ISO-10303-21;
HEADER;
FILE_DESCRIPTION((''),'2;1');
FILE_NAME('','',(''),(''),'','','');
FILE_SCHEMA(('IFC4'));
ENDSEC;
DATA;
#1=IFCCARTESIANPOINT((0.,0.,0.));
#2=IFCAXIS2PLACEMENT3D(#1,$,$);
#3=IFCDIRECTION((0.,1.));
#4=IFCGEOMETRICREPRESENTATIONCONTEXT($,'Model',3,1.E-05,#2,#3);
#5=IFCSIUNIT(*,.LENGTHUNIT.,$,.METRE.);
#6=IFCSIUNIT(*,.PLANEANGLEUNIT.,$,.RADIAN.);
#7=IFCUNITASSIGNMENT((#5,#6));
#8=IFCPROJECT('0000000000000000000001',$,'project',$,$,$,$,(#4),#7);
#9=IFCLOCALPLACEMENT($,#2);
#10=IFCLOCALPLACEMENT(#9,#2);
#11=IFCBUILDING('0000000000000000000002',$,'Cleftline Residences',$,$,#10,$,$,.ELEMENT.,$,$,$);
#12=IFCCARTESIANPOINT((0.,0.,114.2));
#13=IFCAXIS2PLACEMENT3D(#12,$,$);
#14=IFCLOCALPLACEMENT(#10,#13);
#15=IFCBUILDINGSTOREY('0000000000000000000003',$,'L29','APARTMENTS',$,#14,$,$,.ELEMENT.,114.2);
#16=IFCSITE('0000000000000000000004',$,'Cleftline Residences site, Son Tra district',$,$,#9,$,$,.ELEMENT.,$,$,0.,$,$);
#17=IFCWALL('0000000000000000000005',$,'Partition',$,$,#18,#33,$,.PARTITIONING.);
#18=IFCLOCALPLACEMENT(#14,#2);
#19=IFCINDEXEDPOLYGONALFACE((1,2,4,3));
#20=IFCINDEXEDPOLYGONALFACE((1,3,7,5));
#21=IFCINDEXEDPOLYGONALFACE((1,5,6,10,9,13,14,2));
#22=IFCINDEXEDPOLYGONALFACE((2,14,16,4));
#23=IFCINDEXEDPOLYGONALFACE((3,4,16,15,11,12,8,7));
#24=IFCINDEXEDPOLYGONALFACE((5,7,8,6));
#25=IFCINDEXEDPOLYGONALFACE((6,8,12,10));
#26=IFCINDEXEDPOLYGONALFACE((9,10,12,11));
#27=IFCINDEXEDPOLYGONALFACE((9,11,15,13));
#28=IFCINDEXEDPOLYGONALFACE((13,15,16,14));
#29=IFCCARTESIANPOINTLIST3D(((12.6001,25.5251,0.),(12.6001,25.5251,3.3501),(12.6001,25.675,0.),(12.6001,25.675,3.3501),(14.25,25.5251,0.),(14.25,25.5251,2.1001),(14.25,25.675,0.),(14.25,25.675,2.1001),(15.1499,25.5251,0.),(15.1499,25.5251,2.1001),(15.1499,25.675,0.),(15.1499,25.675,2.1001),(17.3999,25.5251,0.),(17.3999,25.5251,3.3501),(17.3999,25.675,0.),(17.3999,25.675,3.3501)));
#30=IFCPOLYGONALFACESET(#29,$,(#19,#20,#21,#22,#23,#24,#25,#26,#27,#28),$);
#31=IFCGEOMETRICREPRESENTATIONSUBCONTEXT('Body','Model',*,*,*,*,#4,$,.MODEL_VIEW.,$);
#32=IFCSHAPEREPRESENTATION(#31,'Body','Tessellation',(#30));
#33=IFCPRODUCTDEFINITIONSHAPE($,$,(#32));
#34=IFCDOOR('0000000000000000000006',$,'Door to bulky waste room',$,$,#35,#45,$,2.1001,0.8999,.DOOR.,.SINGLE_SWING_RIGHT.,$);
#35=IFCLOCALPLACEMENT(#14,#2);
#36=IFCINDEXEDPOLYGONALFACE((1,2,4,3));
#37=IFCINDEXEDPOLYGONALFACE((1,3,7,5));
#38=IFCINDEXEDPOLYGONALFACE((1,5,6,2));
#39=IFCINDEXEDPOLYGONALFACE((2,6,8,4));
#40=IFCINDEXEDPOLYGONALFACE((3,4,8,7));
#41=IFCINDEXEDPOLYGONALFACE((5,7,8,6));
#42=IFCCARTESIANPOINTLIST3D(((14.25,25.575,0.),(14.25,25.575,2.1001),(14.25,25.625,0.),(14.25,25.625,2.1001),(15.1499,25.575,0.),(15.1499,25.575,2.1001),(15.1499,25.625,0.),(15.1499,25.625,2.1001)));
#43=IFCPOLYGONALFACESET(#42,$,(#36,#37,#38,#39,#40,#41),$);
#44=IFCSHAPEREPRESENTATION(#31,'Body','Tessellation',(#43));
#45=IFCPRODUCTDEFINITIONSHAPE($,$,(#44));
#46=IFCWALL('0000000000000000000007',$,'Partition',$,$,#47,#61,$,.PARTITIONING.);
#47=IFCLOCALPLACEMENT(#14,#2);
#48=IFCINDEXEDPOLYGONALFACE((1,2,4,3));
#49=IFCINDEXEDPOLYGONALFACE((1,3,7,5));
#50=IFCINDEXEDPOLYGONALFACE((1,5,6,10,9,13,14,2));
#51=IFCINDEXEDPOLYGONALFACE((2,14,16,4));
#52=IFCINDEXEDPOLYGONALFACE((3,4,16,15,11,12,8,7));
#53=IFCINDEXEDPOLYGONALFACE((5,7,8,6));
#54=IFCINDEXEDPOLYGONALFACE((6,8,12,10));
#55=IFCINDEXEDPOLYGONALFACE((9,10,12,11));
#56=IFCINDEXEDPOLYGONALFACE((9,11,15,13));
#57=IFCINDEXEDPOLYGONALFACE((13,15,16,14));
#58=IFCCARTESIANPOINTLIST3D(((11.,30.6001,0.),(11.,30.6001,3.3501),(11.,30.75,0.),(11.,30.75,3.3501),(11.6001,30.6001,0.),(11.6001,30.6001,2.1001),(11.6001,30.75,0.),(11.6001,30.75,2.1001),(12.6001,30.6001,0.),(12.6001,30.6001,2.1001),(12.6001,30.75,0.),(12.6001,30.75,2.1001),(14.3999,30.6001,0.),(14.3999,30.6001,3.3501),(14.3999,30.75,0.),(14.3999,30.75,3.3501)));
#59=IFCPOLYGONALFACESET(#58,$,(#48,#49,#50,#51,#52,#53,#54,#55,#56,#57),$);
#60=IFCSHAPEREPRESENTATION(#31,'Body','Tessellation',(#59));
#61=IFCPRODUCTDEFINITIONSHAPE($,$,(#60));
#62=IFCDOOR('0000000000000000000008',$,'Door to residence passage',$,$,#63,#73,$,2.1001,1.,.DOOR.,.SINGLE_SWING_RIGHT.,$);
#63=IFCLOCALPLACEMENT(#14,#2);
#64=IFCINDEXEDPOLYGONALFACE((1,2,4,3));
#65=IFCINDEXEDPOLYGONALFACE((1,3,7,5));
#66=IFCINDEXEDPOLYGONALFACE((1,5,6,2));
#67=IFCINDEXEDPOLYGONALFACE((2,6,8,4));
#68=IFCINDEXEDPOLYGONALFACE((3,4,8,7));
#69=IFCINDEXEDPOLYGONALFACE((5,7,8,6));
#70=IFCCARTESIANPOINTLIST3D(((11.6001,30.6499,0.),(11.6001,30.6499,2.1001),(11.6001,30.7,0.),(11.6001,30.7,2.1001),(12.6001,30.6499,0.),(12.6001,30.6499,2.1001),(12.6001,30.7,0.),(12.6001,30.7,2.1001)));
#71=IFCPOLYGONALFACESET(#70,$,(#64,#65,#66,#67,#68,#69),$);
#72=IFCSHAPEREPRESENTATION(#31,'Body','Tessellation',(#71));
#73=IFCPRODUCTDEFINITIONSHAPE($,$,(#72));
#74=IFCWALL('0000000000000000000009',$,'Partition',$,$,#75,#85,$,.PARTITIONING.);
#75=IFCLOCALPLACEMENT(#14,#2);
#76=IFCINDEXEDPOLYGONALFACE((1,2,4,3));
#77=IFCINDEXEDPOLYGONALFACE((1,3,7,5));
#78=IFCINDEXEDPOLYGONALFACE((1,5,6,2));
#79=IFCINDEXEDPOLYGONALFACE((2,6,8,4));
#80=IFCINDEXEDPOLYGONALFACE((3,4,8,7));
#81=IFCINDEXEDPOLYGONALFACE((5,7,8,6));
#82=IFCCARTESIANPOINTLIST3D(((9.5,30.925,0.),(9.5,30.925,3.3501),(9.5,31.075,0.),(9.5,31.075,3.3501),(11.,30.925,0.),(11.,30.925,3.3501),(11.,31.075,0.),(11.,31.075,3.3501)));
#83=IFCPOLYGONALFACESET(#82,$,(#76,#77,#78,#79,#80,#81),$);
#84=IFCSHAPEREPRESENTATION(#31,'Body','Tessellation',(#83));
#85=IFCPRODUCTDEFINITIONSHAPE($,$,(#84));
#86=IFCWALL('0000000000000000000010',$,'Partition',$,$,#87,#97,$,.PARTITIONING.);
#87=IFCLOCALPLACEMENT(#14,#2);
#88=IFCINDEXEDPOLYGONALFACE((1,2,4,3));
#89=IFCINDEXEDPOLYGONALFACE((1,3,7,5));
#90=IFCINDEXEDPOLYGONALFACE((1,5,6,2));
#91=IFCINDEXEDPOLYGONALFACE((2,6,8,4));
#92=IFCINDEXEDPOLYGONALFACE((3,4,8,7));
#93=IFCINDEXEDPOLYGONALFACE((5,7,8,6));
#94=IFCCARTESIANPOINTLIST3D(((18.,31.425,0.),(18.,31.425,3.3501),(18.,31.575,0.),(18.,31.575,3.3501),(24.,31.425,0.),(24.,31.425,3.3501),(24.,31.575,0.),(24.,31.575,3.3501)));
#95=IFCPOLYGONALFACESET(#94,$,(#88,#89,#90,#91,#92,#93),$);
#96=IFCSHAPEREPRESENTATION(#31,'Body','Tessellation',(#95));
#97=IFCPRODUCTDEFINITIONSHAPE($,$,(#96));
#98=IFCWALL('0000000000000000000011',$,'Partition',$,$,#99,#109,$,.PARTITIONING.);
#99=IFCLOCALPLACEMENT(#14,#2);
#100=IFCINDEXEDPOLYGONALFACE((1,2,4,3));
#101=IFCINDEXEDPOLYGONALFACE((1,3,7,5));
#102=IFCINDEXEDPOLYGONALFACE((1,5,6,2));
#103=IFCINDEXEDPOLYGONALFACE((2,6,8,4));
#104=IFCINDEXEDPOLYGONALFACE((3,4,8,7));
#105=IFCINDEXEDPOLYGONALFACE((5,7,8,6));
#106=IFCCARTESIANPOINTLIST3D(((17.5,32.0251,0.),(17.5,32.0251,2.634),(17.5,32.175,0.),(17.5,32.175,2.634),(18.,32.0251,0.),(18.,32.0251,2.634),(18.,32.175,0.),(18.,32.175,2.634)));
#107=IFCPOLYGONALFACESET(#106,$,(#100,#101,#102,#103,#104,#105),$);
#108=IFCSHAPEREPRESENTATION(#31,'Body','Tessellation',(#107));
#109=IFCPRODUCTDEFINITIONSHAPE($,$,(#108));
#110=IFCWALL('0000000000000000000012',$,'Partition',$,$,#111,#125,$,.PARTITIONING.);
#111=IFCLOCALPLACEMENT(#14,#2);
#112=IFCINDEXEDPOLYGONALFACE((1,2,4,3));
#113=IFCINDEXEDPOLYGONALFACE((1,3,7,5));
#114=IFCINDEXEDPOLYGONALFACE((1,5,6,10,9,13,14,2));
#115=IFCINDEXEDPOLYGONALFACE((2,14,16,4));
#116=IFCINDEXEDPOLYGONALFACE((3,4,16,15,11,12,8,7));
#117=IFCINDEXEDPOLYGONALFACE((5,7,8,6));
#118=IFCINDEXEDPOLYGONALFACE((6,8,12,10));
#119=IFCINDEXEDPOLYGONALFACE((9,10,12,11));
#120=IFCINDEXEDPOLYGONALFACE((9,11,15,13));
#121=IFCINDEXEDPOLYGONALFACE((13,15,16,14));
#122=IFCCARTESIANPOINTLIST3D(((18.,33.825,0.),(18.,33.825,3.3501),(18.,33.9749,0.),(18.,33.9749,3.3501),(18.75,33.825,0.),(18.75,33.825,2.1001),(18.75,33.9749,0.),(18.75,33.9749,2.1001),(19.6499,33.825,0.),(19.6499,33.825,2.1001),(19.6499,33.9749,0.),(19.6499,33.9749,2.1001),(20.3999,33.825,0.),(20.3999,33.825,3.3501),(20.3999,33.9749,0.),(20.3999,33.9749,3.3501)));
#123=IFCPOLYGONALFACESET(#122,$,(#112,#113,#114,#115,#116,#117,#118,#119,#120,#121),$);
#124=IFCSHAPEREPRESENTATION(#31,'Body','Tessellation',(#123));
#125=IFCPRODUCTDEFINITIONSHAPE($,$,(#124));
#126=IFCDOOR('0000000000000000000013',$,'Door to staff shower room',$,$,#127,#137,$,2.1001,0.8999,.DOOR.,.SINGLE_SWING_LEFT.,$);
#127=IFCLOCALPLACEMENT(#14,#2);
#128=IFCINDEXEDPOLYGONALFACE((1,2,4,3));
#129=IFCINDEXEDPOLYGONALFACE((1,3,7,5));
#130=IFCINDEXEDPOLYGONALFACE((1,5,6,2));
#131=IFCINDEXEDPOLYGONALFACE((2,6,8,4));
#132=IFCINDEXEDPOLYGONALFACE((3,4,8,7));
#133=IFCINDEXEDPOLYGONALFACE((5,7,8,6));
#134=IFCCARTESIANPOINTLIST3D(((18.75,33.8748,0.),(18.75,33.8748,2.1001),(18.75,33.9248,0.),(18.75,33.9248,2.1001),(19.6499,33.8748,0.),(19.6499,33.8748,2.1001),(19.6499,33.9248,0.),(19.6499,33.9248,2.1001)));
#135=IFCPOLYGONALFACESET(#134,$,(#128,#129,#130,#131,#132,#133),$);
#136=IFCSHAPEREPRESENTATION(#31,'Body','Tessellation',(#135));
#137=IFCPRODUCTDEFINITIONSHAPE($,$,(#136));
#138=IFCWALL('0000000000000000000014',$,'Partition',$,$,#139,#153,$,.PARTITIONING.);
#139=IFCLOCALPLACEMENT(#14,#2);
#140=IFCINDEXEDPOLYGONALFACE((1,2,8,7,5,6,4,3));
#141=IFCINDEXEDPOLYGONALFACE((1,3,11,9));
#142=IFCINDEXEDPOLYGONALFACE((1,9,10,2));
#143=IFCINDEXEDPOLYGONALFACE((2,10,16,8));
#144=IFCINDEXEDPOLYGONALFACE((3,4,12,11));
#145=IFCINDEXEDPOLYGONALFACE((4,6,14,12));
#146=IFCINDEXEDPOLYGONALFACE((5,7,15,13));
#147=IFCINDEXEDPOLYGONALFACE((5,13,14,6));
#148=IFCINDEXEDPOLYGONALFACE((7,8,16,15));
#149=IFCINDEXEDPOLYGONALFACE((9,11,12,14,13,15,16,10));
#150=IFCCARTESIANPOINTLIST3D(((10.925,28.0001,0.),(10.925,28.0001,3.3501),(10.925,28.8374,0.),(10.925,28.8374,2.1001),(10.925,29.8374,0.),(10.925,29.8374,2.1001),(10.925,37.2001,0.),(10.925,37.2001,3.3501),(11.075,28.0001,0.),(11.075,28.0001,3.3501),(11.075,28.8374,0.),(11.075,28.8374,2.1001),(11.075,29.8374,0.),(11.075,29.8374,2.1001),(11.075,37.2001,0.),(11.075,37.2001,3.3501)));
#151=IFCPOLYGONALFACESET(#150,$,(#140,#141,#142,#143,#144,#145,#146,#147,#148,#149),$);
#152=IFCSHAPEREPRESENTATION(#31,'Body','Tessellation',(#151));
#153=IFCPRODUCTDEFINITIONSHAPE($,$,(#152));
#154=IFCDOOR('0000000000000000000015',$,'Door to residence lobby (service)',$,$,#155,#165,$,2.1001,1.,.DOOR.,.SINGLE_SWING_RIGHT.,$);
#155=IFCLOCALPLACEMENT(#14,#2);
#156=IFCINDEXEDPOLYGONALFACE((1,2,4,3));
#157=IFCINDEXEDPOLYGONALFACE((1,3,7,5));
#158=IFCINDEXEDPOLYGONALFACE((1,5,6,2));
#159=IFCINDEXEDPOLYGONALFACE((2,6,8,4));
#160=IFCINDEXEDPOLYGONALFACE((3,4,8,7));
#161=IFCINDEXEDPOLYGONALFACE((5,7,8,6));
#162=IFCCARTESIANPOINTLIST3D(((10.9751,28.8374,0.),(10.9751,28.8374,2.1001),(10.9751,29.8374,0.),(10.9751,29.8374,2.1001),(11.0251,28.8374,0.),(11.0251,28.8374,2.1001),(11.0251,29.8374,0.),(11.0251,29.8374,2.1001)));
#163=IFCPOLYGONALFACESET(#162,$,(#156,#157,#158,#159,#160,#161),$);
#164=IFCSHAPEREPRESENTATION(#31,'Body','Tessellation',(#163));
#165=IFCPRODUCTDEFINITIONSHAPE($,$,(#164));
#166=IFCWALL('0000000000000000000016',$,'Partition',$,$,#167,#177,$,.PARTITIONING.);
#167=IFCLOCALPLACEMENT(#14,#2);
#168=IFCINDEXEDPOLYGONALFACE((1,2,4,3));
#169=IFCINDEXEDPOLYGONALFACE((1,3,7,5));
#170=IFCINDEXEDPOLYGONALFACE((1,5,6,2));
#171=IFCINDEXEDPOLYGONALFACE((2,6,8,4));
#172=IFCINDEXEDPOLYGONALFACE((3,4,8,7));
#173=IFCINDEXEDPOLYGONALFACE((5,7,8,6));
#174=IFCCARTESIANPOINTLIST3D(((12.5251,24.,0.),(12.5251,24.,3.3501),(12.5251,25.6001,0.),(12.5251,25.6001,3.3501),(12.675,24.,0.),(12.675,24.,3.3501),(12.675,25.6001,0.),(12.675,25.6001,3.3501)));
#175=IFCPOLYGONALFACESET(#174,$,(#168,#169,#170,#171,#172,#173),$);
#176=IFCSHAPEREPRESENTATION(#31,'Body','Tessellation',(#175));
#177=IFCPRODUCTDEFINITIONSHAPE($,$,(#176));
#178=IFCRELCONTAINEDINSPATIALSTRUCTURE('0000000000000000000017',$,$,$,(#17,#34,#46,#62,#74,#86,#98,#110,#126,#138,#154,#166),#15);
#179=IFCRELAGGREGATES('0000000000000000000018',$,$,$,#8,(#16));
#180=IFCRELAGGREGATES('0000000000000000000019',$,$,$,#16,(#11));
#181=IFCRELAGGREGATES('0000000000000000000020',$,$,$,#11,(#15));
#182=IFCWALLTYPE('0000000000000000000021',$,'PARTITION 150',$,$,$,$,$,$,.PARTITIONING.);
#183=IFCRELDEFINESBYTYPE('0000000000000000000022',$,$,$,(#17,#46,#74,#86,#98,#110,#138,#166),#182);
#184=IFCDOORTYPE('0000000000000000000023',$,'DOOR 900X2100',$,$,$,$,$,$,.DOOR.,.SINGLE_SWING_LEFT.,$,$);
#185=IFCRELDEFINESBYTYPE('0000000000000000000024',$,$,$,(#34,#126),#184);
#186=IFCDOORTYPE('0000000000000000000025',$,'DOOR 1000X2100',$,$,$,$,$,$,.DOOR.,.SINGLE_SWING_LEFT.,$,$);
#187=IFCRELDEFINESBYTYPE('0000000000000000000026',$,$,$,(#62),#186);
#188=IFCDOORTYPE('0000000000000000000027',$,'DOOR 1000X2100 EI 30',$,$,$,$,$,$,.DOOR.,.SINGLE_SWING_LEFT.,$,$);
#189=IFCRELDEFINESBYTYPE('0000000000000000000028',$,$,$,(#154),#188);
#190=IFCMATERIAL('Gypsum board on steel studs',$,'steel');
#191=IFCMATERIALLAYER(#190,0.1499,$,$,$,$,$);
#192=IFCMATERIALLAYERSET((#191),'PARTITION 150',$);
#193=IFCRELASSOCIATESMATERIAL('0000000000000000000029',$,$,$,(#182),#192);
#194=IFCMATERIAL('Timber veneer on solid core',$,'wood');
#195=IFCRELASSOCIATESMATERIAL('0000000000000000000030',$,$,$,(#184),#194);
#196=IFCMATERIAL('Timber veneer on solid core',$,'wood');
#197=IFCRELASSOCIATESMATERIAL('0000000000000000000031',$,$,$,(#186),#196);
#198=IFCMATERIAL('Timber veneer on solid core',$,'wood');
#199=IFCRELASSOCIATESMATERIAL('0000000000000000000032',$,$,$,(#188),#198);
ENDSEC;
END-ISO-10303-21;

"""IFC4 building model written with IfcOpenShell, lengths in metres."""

from ifc_helpers import new_model, si_unit, direction, frame, frame_2d, origin, place, context, subcontext, project, spatial, rectangle, extrude, material, layer, layer_set, type_object, element, fill, save


model = new_model("IFC4")

# Units and contexts
model_context = context("Model", 3, precision=1e-05, world=origin(), true_north=direction((0.0, 1.0)))
body_context = subcontext(model_context, "Body", "Model", "MODEL_VIEW")
ifc_project = project(units=[si_unit("LENGTHUNIT", "METRE"), si_unit("PLANEANGLEUNIT", "RADIAN")], contexts=[model_context])

# Site, building, storey
site_placement = place(None, origin())
site = spatial("IfcSite", under=ifc_project, at=site_placement, Name="Cleftline Residences site, Son Tra district", CompositionType="ELEMENT", RefElevation=0.0)
building_placement = place(site_placement, origin())
building = spatial("IfcBuilding", under=site, at=building_placement, Name="Cleftline Residences", CompositionType="ELEMENT")
storey_placement = place(building_placement, frame((0.0, 0.0, 114.2)))
storey = spatial("IfcBuildingStorey", under=building, at=storey_placement, Name="L29", Description="APARTMENTS", CompositionType="ELEMENT", Elevation=114.2)

# Walls, openings, doors
ifc_material_1 = material(Name="Gypsum board on steel studs", Category="steel")
ifc_layer_1 = layer(ifc_material_1, 0.1499)
ifc_layer_set_1 = layer_set([ifc_layer_1], Name="PARTITION 150")
wall_type_1 = type_object("IfcWallType", Name="PARTITION 150", PredefinedType="PARTITIONING", material=ifc_layer_set_1)
wall_1_placement = place(storey_placement, frame((12.6001, 25.6001, 0.0), z_axis=(0.0, 0.0, 1.0), x_axis=(1.0, 0.0, 0.0)))
wall_1 = element("IfcWall", 1, at=wall_1_placement, inside=storey, type_object=wall_type_1, Name="Partition", PredefinedType="PARTITIONING", context=body_context, shape_type="SweptSolid", body=[
    extrude(rectangle(XDim=4.7998, YDim=0.1499, at=frame_2d((2.3999, 0.0))), origin(), (0.0, 0.0, 1.0), 3.3501),
])
opening_1_placement = place(wall_1_placement, frame((1.6499, 0.0, 0.0)))
opening_1 = element("IfcOpeningElement", 2, at=opening_1_placement, cuts=wall_1, PredefinedType="OPENING", context=body_context, shape_type="SweptSolid", body=[
    extrude(rectangle(XDim=0.8999, YDim=2.1001, at=frame_2d((0.45, 1.05))), frame((0.0, 0.085, 0.0), z_axis=(0.0, -1.0, 0.0), x_axis=(1.0, 0.0, 0.0)), (0.0, 0.0, 1.0), 0.1699),
])
ifc_material_2 = material(Name="Timber veneer on solid core", Category="wood")
door_type_1 = type_object("IfcDoorType", Name="DOOR 900X2100", OperationType="SINGLE_SWING_LEFT", PredefinedType="DOOR", material=ifc_material_2)
door_1_placement = place(opening_1_placement, origin())
door_1 = element("IfcDoor", 3, at=door_1_placement, inside=storey, type_object=door_type_1, Name="Door to bulky waste room", OperationType="SINGLE_SWING_RIGHT", OverallHeight=2.1001, OverallWidth=0.8999, PredefinedType="DOOR", context=body_context, shape_type="SweptSolid", body=[
    extrude(rectangle(XDim=0.8999, YDim=2.1001, at=frame_2d((0.45, 1.05))), frame((0.0, 0.0249, 0.0), z_axis=(0.0, -1.0, 0.0), x_axis=(1.0, 0.0, 0.0)), (0.0, 0.0, 1.0), 0.05),
])
fill(opening_1, door_1)
wall_2_placement = place(storey_placement, frame((11.0, 30.675, 0.0), z_axis=(0.0, 0.0, 1.0), x_axis=(1.0, 0.0, 0.0)))
wall_2 = element("IfcWall", 4, at=wall_2_placement, inside=storey, type_object=wall_type_1, Name="Partition", PredefinedType="PARTITIONING", context=body_context, shape_type="SweptSolid", body=[
    extrude(rectangle(XDim=3.3999, YDim=0.1499, at=frame_2d((1.7, 0.0))), origin(), (0.0, 0.0, 1.0), 3.3501),
])
opening_2_placement = place(wall_2_placement, frame((0.6001, 0.0, 0.0)))
opening_2 = element("IfcOpeningElement", 5, at=opening_2_placement, cuts=wall_2, PredefinedType="OPENING", context=body_context, shape_type="SweptSolid", body=[
    extrude(rectangle(XDim=1.0, YDim=2.1001, at=frame_2d((0.5, 1.05))), frame((0.0, 0.085, 0.0), z_axis=(0.0, -1.0, 0.0), x_axis=(1.0, 0.0, 0.0)), (0.0, 0.0, 1.0), 0.1699),
])
ifc_material_3 = material(Name="Timber veneer on solid core", Category="wood")
door_type_2 = type_object("IfcDoorType", Name="DOOR 1000X2100", OperationType="SINGLE_SWING_LEFT", PredefinedType="DOOR", material=ifc_material_3)
door_2_placement = place(opening_2_placement, origin())
door_2 = element("IfcDoor", 6, at=door_2_placement, inside=storey, type_object=door_type_2, Name="Door to residence passage", OperationType="SINGLE_SWING_RIGHT", OverallHeight=2.1001, OverallWidth=1.0, PredefinedType="DOOR", context=body_context, shape_type="SweptSolid", body=[
    extrude(rectangle(XDim=1.0, YDim=2.1001, at=frame_2d((0.5, 1.05))), frame((0.0, 0.0249, 0.0), z_axis=(0.0, -1.0, 0.0), x_axis=(1.0, 0.0, 0.0)), (0.0, 0.0, 1.0), 0.05),
])
fill(opening_2, door_2)

# Walls
wall_3_placement = place(storey_placement, frame((9.5, 31.0, 0.0), z_axis=(0.0, 0.0, 1.0), x_axis=(1.0, 0.0, 0.0)))
element("IfcWall", 7, at=wall_3_placement, inside=storey, type_object=wall_type_1, Name="Partition", PredefinedType="PARTITIONING", context=body_context, shape_type="SweptSolid", body=[
    extrude(rectangle(XDim=1.5, YDim=0.1499, at=frame_2d((0.75, 0.0))), origin(), (0.0, 0.0, 1.0), 3.3501),
])
wall_4_placement = place(storey_placement, frame((18.0, 31.5, 0.0), z_axis=(0.0, 0.0, 1.0), x_axis=(1.0, 0.0, 0.0)))
element("IfcWall", 8, at=wall_4_placement, inside=storey, type_object=wall_type_1, Name="Partition", PredefinedType="PARTITIONING", context=body_context, shape_type="SweptSolid", body=[
    extrude(rectangle(XDim=6.0, YDim=0.1499, at=frame_2d((3.0, 0.0))), origin(), (0.0, 0.0, 1.0), 3.3501),
])
wall_5_placement = place(storey_placement, frame((17.5, 32.1001, 0.0), z_axis=(0.0, 0.0, 1.0), x_axis=(1.0, 0.0, 0.0)))
element("IfcWall", 9, at=wall_5_placement, inside=storey, type_object=wall_type_1, Name="Partition", PredefinedType="PARTITIONING", context=body_context, shape_type="SweptSolid", body=[
    extrude(rectangle(XDim=0.5, YDim=0.1499, at=frame_2d((0.25, 0.0))), origin(), (0.0, 0.0, 1.0), 2.634),
])

# Walls, openings, doors
wall_6_placement = place(storey_placement, frame((18.0, 33.8999, 0.0), z_axis=(0.0, 0.0, 1.0), x_axis=(1.0, 0.0, 0.0)))
wall_6 = element("IfcWall", 10, at=wall_6_placement, inside=storey, type_object=wall_type_1, Name="Partition", PredefinedType="PARTITIONING", context=body_context, shape_type="SweptSolid", body=[
    extrude(rectangle(XDim=2.3999, YDim=0.1499, at=frame_2d((1.2, 0.0))), origin(), (0.0, 0.0, 1.0), 3.3501),
])
opening_3_placement = place(wall_6_placement, frame((0.75, 0.0, 0.0)))
opening_3 = element("IfcOpeningElement", 11, at=opening_3_placement, cuts=wall_6, PredefinedType="OPENING", context=body_context, shape_type="SweptSolid", body=[
    extrude(rectangle(XDim=0.8999, YDim=2.1001, at=frame_2d((0.45, 1.05))), frame((0.0, 0.085, 0.0), z_axis=(0.0, -1.0, 0.0), x_axis=(1.0, 0.0, 0.0)), (0.0, 0.0, 1.0), 0.1699),
])
door_3_placement = place(opening_3_placement, origin())
door_3 = element("IfcDoor", 12, at=door_3_placement, inside=storey, type_object=door_type_1, Name="Door to staff shower room", OperationType="SINGLE_SWING_LEFT", OverallHeight=2.1001, OverallWidth=0.8999, PredefinedType="DOOR", context=body_context, shape_type="SweptSolid", body=[
    extrude(rectangle(XDim=0.8999, YDim=2.1001, at=frame_2d((0.45, 1.05))), frame((0.0, 0.0249, 0.0), z_axis=(0.0, -1.0, 0.0), x_axis=(1.0, 0.0, 0.0)), (0.0, 0.0, 1.0), 0.05),
])
fill(opening_3, door_3)
wall_7_placement = place(storey_placement, frame((11.0, 28.0, 0.0), z_axis=(0.0, 0.0, 1.0), x_axis=(0.0, 1.0, 0.0)))
wall_7 = element("IfcWall", 13, at=wall_7_placement, inside=storey, type_object=wall_type_1, Name="Partition", PredefinedType="PARTITIONING", context=body_context, shape_type="SweptSolid", body=[
    extrude(rectangle(XDim=9.2, YDim=0.1499, at=frame_2d((4.6001, 0.0))), origin(), (0.0, 0.0, 1.0), 3.3501),
])
opening_4_placement = place(wall_7_placement, frame((0.8374, 0.0, 0.0)))
opening_4 = element("IfcOpeningElement", 14, at=opening_4_placement, cuts=wall_7, PredefinedType="OPENING", context=body_context, shape_type="SweptSolid", body=[
    extrude(rectangle(XDim=1.0, YDim=2.1001, at=frame_2d((0.5, 1.05))), frame((0.0, 0.085, 0.0), z_axis=(0.0, -1.0, 0.0), x_axis=(1.0, 0.0, 0.0)), (0.0, 0.0, 1.0), 0.1699),
])
ifc_material_4 = material(Name="Timber veneer on solid core", Category="wood")
door_type_3 = type_object("IfcDoorType", Name="DOOR 1000X2100 EI 30", OperationType="SINGLE_SWING_LEFT", PredefinedType="DOOR", material=ifc_material_4)
door_4_placement = place(opening_4_placement, origin())
door_4 = element("IfcDoor", 15, at=door_4_placement, inside=storey, type_object=door_type_3, Name="Door to residence lobby (service)", OperationType="SINGLE_SWING_RIGHT", OverallHeight=2.1001, OverallWidth=1.0, PredefinedType="DOOR", context=body_context, shape_type="SweptSolid", body=[
    extrude(rectangle(XDim=1.0, YDim=2.1001, at=frame_2d((0.5, 1.05))), frame((0.0, 0.0249, 0.0), z_axis=(0.0, -1.0, 0.0), x_axis=(1.0, 0.0, 0.0)), (0.0, 0.0, 1.0), 0.05),
])
fill(opening_4, door_4)

# Wall
wall_8_placement = place(storey_placement, frame((12.6001, 24.0, 0.0), z_axis=(0.0, 0.0, 1.0), x_axis=(0.0, 1.0, 0.0)))
element("IfcWall", 16, at=wall_8_placement, inside=storey, type_object=wall_type_1, Name="Partition", PredefinedType="PARTITIONING", context=body_context, shape_type="SweptSolid", body=[
    extrude(rectangle(XDim=1.6001, YDim=0.1499, at=frame_2d((0.8, 0.0))), origin(), (0.0, 0.0, 1.0), 3.3501),
])

save(model, "model.ifc")
